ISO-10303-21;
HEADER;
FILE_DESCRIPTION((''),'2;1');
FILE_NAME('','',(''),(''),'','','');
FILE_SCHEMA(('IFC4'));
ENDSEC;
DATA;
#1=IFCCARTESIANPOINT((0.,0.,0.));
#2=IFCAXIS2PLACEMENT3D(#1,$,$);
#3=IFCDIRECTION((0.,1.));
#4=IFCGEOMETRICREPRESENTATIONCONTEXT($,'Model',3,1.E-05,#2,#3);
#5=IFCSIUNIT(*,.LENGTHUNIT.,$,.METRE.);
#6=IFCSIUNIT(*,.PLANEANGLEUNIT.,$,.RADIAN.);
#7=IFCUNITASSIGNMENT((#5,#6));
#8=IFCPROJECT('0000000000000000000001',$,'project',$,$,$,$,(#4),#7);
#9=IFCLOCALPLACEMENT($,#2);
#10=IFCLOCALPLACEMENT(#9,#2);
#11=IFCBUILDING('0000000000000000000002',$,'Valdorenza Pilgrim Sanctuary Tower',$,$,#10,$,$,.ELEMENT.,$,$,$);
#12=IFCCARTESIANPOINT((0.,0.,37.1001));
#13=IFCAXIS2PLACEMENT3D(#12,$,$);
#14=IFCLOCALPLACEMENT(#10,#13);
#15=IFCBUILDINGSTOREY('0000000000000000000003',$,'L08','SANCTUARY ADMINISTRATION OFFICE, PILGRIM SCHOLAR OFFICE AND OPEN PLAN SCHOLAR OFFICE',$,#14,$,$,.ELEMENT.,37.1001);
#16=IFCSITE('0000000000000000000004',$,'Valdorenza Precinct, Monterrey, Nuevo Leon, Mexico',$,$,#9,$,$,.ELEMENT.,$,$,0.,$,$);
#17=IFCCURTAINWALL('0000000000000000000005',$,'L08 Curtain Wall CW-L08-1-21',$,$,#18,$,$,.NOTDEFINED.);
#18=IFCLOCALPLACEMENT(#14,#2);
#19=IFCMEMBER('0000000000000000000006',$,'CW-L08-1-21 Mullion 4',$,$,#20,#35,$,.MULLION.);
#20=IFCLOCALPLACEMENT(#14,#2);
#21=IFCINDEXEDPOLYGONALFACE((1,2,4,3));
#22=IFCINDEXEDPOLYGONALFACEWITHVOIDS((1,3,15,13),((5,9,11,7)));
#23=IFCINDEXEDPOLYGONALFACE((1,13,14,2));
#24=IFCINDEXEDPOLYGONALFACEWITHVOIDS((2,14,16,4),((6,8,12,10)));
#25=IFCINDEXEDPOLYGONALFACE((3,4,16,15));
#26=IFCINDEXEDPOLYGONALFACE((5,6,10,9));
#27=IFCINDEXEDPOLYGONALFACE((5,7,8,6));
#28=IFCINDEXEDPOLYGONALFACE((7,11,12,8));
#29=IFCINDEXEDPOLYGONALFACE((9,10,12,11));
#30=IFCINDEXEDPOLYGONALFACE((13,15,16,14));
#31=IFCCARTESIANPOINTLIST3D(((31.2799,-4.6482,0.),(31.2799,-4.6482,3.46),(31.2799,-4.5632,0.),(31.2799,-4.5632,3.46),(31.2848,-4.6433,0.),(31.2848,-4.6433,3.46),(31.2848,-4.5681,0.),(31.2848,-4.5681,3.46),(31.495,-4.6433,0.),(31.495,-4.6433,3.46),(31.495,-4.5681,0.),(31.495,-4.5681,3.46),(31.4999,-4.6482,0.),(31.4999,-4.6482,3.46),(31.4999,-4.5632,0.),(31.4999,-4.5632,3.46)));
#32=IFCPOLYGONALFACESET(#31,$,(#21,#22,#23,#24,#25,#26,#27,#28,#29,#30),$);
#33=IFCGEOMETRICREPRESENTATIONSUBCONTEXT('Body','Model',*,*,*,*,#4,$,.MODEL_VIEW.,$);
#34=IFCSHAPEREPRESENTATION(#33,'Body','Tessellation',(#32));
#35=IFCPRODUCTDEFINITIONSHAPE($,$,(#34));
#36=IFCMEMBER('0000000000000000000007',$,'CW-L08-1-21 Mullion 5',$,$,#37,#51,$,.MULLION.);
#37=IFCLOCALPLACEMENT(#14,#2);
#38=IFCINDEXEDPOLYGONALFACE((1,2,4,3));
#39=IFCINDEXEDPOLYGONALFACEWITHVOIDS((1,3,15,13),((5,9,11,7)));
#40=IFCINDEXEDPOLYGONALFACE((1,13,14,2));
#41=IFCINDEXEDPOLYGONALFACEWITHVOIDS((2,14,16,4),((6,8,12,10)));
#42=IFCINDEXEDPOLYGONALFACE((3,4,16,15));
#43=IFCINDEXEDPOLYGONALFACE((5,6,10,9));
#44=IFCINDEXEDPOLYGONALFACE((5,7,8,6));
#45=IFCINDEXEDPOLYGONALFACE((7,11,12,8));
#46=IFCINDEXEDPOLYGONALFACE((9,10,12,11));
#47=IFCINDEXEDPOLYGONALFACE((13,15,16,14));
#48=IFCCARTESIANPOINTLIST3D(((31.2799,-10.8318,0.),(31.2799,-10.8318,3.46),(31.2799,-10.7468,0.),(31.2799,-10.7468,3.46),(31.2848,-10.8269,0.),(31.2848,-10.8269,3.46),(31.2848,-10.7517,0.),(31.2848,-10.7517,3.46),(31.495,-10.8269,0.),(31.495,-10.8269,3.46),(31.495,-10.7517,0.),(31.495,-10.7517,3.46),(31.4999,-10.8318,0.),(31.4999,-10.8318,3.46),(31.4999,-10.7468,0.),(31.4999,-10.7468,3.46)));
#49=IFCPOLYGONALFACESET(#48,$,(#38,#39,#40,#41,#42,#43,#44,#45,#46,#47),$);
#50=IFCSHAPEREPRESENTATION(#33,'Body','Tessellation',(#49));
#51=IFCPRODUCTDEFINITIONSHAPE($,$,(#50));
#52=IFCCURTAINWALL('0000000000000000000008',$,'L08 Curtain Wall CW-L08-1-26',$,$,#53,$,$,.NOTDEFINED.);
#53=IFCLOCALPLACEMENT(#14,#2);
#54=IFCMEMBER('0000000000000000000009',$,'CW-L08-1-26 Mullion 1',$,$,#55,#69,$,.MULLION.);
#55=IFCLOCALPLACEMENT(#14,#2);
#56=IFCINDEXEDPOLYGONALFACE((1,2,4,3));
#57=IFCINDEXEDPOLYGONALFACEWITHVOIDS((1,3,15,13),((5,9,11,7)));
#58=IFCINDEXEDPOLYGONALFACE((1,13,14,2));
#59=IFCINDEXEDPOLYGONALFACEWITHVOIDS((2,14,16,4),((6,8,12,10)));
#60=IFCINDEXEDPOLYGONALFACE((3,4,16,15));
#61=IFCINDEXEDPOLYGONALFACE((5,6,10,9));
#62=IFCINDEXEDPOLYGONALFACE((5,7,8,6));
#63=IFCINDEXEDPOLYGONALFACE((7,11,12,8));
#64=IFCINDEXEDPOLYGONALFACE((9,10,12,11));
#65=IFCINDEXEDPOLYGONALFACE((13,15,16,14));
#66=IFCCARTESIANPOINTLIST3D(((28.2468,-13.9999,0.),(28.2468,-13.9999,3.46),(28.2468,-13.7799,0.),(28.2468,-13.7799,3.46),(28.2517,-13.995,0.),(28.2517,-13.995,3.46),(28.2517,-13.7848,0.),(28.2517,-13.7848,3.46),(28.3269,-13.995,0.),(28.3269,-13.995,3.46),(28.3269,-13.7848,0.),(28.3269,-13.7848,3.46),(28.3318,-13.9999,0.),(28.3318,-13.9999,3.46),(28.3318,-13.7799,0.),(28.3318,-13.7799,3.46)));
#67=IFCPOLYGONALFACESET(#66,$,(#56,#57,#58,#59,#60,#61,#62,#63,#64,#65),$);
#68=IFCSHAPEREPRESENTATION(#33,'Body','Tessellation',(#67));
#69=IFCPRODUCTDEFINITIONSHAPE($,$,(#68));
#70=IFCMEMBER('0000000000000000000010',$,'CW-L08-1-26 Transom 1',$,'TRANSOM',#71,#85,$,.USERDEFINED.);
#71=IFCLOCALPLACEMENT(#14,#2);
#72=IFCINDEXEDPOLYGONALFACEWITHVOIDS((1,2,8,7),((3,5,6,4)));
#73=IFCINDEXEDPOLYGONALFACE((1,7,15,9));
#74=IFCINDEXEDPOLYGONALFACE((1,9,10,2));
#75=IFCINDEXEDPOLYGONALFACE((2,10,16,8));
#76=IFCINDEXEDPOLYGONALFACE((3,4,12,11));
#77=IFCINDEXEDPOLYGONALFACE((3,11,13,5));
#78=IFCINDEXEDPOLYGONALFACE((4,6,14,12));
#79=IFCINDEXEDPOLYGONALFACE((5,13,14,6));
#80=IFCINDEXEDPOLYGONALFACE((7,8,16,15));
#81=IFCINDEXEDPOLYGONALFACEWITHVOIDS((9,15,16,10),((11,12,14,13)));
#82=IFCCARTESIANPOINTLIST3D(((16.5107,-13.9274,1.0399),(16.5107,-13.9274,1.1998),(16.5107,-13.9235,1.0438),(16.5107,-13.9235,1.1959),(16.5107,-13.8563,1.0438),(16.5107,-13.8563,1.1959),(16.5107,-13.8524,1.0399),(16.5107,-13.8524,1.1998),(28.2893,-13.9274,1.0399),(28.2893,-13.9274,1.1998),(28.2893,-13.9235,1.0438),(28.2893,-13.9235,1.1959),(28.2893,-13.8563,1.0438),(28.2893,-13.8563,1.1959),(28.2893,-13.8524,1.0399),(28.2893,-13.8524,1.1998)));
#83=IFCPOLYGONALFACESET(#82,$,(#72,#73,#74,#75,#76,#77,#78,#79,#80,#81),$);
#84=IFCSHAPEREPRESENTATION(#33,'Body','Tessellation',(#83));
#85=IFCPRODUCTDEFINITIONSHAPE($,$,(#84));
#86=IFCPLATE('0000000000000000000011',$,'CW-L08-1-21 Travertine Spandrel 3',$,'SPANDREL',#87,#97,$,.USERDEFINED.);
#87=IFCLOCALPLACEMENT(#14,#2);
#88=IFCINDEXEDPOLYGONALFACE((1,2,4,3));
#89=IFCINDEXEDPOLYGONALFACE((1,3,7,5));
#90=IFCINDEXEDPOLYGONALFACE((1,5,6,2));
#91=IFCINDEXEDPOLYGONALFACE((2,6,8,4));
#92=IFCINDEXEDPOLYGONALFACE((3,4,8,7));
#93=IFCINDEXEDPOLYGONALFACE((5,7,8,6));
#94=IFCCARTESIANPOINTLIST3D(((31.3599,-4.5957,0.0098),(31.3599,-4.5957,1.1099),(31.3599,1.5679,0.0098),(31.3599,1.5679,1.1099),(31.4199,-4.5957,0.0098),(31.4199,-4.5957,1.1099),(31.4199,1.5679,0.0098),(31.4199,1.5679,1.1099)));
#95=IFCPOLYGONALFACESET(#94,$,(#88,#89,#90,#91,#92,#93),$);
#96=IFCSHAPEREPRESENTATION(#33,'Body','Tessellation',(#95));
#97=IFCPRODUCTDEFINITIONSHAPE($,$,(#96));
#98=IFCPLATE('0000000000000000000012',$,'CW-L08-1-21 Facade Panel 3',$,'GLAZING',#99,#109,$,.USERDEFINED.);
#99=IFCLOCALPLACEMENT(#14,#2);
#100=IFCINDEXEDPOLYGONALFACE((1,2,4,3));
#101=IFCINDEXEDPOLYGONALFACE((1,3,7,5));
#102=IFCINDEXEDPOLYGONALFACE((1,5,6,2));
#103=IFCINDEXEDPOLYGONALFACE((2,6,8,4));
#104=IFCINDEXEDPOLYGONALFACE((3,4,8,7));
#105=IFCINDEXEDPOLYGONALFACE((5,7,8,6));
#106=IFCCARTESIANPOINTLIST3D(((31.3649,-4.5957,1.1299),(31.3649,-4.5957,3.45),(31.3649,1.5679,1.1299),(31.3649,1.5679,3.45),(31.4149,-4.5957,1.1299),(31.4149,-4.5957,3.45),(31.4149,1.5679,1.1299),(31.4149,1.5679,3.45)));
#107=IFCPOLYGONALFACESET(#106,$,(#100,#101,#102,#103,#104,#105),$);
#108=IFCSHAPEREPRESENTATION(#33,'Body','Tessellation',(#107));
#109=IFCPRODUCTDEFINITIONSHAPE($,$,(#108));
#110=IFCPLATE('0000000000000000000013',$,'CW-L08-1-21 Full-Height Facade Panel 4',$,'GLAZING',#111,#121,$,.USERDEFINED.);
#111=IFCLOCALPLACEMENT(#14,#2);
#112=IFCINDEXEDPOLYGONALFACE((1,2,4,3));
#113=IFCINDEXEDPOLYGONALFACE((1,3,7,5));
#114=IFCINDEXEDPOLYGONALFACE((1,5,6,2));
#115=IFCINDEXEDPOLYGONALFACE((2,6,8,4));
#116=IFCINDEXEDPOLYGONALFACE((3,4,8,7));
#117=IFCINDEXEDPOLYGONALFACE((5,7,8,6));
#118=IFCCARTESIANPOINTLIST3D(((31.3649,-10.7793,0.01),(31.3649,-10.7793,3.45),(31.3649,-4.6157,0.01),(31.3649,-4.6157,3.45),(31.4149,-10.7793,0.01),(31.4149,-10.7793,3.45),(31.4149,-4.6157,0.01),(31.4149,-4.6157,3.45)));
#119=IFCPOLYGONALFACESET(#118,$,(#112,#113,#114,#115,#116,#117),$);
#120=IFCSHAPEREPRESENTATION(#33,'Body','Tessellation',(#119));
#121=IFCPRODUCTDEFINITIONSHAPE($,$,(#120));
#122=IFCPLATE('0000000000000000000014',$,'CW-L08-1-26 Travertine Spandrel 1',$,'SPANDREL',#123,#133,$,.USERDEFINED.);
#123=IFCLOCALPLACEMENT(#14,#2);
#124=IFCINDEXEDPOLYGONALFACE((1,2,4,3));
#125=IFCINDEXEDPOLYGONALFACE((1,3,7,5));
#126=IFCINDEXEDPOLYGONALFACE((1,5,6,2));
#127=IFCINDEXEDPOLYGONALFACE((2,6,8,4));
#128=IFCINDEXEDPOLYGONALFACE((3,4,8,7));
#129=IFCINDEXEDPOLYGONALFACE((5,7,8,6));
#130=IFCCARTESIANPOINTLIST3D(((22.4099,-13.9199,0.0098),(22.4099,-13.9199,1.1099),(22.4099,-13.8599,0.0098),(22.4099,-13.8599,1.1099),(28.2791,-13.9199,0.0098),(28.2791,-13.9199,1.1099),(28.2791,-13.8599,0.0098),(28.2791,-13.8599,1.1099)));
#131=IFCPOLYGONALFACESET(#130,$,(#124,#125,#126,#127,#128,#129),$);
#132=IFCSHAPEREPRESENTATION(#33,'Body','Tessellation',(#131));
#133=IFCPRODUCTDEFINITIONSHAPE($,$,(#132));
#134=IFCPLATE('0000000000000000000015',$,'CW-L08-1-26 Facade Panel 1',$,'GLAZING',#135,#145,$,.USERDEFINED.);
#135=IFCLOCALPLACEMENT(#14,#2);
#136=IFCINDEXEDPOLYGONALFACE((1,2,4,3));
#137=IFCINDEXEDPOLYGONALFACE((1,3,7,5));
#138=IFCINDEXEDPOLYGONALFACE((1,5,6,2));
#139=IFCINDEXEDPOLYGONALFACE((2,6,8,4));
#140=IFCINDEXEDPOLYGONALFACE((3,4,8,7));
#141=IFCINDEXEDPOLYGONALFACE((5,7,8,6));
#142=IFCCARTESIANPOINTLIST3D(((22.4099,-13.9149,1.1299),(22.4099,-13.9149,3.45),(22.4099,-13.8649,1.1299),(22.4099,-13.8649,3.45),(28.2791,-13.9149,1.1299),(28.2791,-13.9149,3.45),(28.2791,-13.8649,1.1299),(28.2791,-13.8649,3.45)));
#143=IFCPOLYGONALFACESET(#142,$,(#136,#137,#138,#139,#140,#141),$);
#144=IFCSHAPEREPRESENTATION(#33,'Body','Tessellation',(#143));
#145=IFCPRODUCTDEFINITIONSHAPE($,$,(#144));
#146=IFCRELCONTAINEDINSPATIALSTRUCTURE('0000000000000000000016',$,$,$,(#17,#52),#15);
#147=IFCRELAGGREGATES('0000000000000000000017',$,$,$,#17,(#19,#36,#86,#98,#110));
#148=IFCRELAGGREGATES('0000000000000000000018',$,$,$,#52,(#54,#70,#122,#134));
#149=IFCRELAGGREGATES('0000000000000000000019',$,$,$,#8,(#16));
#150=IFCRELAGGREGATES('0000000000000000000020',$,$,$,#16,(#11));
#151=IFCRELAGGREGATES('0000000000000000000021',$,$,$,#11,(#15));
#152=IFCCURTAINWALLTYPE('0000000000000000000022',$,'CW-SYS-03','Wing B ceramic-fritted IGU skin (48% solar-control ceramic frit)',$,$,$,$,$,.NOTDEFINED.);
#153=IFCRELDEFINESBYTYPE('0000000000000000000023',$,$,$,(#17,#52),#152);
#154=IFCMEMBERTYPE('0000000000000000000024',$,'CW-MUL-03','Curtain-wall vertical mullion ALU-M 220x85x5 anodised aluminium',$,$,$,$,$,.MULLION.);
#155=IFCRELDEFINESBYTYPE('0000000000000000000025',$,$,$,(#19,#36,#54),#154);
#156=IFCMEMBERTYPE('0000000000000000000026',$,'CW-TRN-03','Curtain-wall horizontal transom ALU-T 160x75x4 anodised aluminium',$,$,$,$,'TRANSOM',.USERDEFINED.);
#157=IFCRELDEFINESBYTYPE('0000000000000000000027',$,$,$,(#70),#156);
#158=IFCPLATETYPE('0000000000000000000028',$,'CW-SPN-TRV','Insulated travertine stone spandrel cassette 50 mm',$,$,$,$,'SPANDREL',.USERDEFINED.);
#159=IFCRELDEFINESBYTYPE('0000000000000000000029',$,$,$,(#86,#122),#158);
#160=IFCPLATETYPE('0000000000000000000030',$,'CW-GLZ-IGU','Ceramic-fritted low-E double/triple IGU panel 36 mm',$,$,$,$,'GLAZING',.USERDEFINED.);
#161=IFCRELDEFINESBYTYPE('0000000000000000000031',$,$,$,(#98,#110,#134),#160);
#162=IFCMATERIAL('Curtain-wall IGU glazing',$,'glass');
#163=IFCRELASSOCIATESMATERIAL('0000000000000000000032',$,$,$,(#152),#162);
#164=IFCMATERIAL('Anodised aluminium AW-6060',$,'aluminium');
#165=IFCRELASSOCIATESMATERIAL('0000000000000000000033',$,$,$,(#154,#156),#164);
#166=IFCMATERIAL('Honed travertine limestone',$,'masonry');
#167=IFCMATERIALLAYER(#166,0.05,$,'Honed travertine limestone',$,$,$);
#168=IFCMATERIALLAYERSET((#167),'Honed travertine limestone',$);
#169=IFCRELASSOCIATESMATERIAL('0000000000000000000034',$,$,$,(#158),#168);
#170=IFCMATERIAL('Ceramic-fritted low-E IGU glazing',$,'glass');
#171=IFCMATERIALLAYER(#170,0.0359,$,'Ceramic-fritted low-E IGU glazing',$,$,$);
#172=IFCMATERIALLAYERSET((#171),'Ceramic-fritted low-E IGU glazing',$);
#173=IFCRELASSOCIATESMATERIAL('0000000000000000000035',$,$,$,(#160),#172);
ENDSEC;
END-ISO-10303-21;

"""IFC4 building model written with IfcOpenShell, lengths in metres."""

from ifc_helpers import new_model, si_unit, direction, frame, origin, origin_2d, place, context, subcontext, project, spatial, rectangle, hollow_rectangle, extrude, source, transform, mapped, material, layer, layer_set, material_profile, profile_set, type_object, element, aggregate, save


model = new_model("IFC4")

# Units and contexts
model_context = context("Model", 3, precision=1e-05, world=origin(), true_north=direction((0.0, 1.0)))
body_context = subcontext(model_context, "Body", "Model", "MODEL_VIEW")
ifc_project = project(units=[si_unit("LENGTHUNIT", "METRE"), si_unit("PLANEANGLEUNIT", "RADIAN")], contexts=[model_context])

# Site, building, storey
site_placement = place(None, origin())
site = spatial("IfcSite", under=ifc_project, at=site_placement, Name="Valdorenza Precinct, Monterrey, Nuevo Leon, Mexico", CompositionType="ELEMENT", RefElevation=0.0)
building_placement = place(site_placement, origin())
building = spatial("IfcBuilding", under=site, at=building_placement, Name="Valdorenza Pilgrim Sanctuary Tower", CompositionType="ELEMENT")
storey_placement = place(building_placement, frame((0.0, 0.0, 37.1001)))
storey = spatial("IfcBuildingStorey", under=building, at=storey_placement, Name="L08", Description="SANCTUARY ADMINISTRATION OFFICE, PILGRIM SCHOLAR OFFICE AND OPEN PLAN SCHOLAR OFFICE", CompositionType="ELEMENT", Elevation=37.1001)

# Curtain walls, members
ifc_material_1 = material(Name="Curtain-wall IGU glazing", Category="glass")
curtain_wall_type = type_object("IfcCurtainWallType", Name="CW-SYS-03", Description="Wing B ceramic-fritted IGU skin (48% solar-control ceramic frit)", PredefinedType="NOTDEFINED", material=ifc_material_1)
curtain_wall_1_placement = place(storey_placement, origin())
curtain_wall_1 = element("IfcCurtainWall", 1, at=curtain_wall_1_placement, inside=storey, type_object=curtain_wall_type, Name="L08 Curtain Wall CW-L08-1-21", PredefinedType="NOTDEFINED")
ifc_material_2 = material(Name="Anodised aluminium AW-6060", Category="aluminium")
ifc_material_profile_1 = material_profile(ifc_material_2, hollow_rectangle(XDim=0.085, YDim=0.22, WallThickness=0.0049, at=origin_2d()), Name="ALU-M 220x85x5")
ifc_profile_set_1 = profile_set([ifc_material_profile_1], Name="Anodised aluminium AW-6060")
member_type_1 = type_object("IfcMemberType", Name="CW-MUL-03", Description="Curtain-wall vertical mullion ALU-M 220x85x5 anodised aluminium", PredefinedType="MULLION", material=ifc_profile_set_1)
shared_shape_1 = source(origin(), body_context, "Body", "SweptSolid", [
    extrude(hollow_rectangle(XDim=0.085, YDim=0.22, WallThickness=0.0049, at=origin_2d()), origin(), (0.0, 0.0, 1.0), 3.46),
])
member_1_placement = place(storey_placement, frame((31.3899, -4.6057, 0.0), z_axis=(0.0, 0.0, 1.0), x_axis=(0.0, -1.0, 0.0)))
member_1 = element("IfcMember", 2, at=member_1_placement, type_object=member_type_1, Name="CW-L08-1-21 Mullion 4", PredefinedType="MULLION", context=body_context, shape_type="MappedRepresentation", body=[
    mapped(shared_shape_1, transform((0.0, 0.0, 0.0), x_axis=(1.0, 0.0, 0.0), y_axis=(0.0, 1.0, 0.0), z_axis=(0.0, 0.0, 1.0), scale=1.0)),
])
member_2_placement = place(storey_placement, frame((31.3899, -10.7893, 0.0), z_axis=(0.0, 0.0, 1.0), x_axis=(0.0, -1.0, 0.0)))
member_2 = element("IfcMember", 3, at=member_2_placement, type_object=member_type_1, Name="CW-L08-1-21 Mullion 5", PredefinedType="MULLION", context=body_context, shape_type="MappedRepresentation", body=[
    mapped(shared_shape_1, transform((0.0, 0.0, 0.0), x_axis=(1.0, 0.0, 0.0), y_axis=(0.0, 1.0, 0.0), z_axis=(0.0, 0.0, 1.0), scale=1.0)),
])
curtain_wall_2_placement = place(storey_placement, origin())
curtain_wall_2 = element("IfcCurtainWall", 4, at=curtain_wall_2_placement, inside=storey, type_object=curtain_wall_type, Name="L08 Curtain Wall CW-L08-1-26", PredefinedType="NOTDEFINED")
member_3_placement = place(storey_placement, frame((28.2893, -13.8899, 0.0), z_axis=(0.0, 0.0, 1.0), x_axis=(-1.0, 0.0, 0.0)))
member_3 = element("IfcMember", 5, at=member_3_placement, type_object=member_type_1, Name="CW-L08-1-26 Mullion 1", PredefinedType="MULLION", context=body_context, shape_type="MappedRepresentation", body=[
    mapped(shared_shape_1, transform((0.0, 0.0, 0.0), x_axis=(1.0, 0.0, 0.0), y_axis=(0.0, 1.0, 0.0), z_axis=(0.0, 0.0, 1.0), scale=1.0)),
])
ifc_material_profile_2 = material_profile(ifc_material_2, hollow_rectangle(XDim=0.075, YDim=0.1599, WallThickness=0.0039, at=origin_2d()), Name="ALU-T 160x75x4")
ifc_profile_set_2 = profile_set([ifc_material_profile_2], Name="Anodised aluminium AW-6060")
member_type_2 = type_object("IfcMemberType", Name="CW-TRN-03", Description="Curtain-wall horizontal transom ALU-T 160x75x4 anodised aluminium", ElementType="TRANSOM", PredefinedType="USERDEFINED", material=ifc_profile_set_2)
shared_shape_2 = source(origin(), body_context, "Body", "SweptSolid", [
    extrude(hollow_rectangle(XDim=0.075, YDim=0.1599, WallThickness=0.0039, at=origin_2d()), origin(), (0.0, 0.0, 1.0), 11.7786),
])
member_4_placement = place(storey_placement, frame((28.2893, -13.8899, 1.1199), z_axis=(-1.0, 0.0, 0.0), x_axis=(0.0, -1.0, 0.0)))
member_4 = element("IfcMember", 6, at=member_4_placement, type_object=member_type_2, Name="CW-L08-1-26 Transom 1", ObjectType="TRANSOM", PredefinedType="USERDEFINED", context=body_context, shape_type="MappedRepresentation", body=[
    mapped(shared_shape_2, transform((0.0, 0.0, 0.0), x_axis=(1.0, 0.0, 0.0), y_axis=(0.0, 1.0, 0.0), z_axis=(0.0, 0.0, 1.0), scale=1.0)),
])

# Plates
ifc_material_3 = material(Name="Honed travertine limestone", Category="masonry")
ifc_layer_1 = layer(ifc_material_3, 0.05, Name="Honed travertine limestone")
ifc_layer_set_1 = layer_set([ifc_layer_1], Name="Honed travertine limestone")
plate_type_1 = type_object("IfcPlateType", Name="CW-SPN-TRV", Description="Insulated travertine stone spandrel cassette 50 mm", ElementType="SPANDREL", PredefinedType="USERDEFINED", material=ifc_layer_set_1)
shared_shape_3 = source(origin(), body_context, "Body", "SweptSolid", [
    extrude(rectangle(XDim=6.1636, YDim=0.0601, at=origin_2d()), origin(), (0.0, 0.0, 1.0), 1.1001),
])
plate_1_placement = place(storey_placement, frame((31.3899, -1.5139, 0.0098), z_axis=(0.0, 0.0, 1.0), x_axis=(0.0, -1.0, 0.0)))
plate_1 = element("IfcPlate", 7, at=plate_1_placement, type_object=plate_type_1, Name="CW-L08-1-21 Travertine Spandrel 3", ObjectType="SPANDREL", PredefinedType="USERDEFINED", context=body_context, shape_type="MappedRepresentation", body=[
    mapped(shared_shape_3, transform((0.0, 0.0, 0.0), x_axis=(1.0, 0.0, 0.0), y_axis=(0.0, 1.0, 0.0), z_axis=(0.0, 0.0, 1.0), scale=1.0)),
])
ifc_material_4 = material(Name="Ceramic-fritted low-E IGU glazing", Category="glass")
ifc_layer_2 = layer(ifc_material_4, 0.0359, Name="Ceramic-fritted low-E IGU glazing")
ifc_layer_set_2 = layer_set([ifc_layer_2], Name="Ceramic-fritted low-E IGU glazing")
plate_type_2 = type_object("IfcPlateType", Name="CW-GLZ-IGU", Description="Ceramic-fritted low-E double/triple IGU panel 36 mm", ElementType="GLAZING", PredefinedType="USERDEFINED", material=ifc_layer_set_2)
shared_shape_4 = source(origin(), body_context, "Body", "SweptSolid", [
    extrude(rectangle(XDim=6.1636, YDim=0.05, at=origin_2d()), origin(), (0.0, 0.0, 1.0), 2.3201),
])
plate_2_placement = place(storey_placement, frame((31.3899, -1.5139, 1.1299), z_axis=(0.0, 0.0, 1.0), x_axis=(0.0, -1.0, 0.0)))
plate_2 = element("IfcPlate", 8, at=plate_2_placement, type_object=plate_type_2, Name="CW-L08-1-21 Facade Panel 3", ObjectType="GLAZING", PredefinedType="USERDEFINED", context=body_context, shape_type="MappedRepresentation", body=[
    mapped(shared_shape_4, transform((0.0, 0.0, 0.0), x_axis=(1.0, 0.0, 0.0), y_axis=(0.0, 1.0, 0.0), z_axis=(0.0, 0.0, 1.0), scale=1.0)),
])
shared_shape_5 = source(origin(), body_context, "Body", "SweptSolid", [
    extrude(rectangle(XDim=6.1636, YDim=0.05, at=origin_2d()), origin(), (0.0, 0.0, 1.0), 3.4399),
])
plate_3_placement = place(storey_placement, frame((31.3899, -7.6975, 0.01), z_axis=(0.0, 0.0, 1.0), x_axis=(0.0, -1.0, 0.0)))
plate_3 = element("IfcPlate", 9, at=plate_3_placement, type_object=plate_type_2, Name="CW-L08-1-21 Full-Height Facade Panel 4", ObjectType="GLAZING", PredefinedType="USERDEFINED", context=body_context, shape_type="MappedRepresentation", body=[
    mapped(shared_shape_5, transform((0.0, 0.0, 0.0), x_axis=(1.0, 0.0, 0.0), y_axis=(0.0, 1.0, 0.0), z_axis=(0.0, 0.0, 1.0), scale=1.0)),
])
aggregate(curtain_wall_1, [member_1, member_2, plate_1, plate_2, plate_3])
shared_shape_6 = source(origin(), body_context, "Body", "SweptSolid", [
    extrude(rectangle(XDim=5.8691, YDim=0.0601, at=origin_2d()), origin(), (0.0, 0.0, 1.0), 1.1001),
])
plate_4_placement = place(storey_placement, frame((25.3445, -13.8899, 0.0098), z_axis=(0.0, 0.0, 1.0), x_axis=(-1.0, 0.0, 0.0)))
plate_4 = element("IfcPlate", 10, at=plate_4_placement, type_object=plate_type_1, Name="CW-L08-1-26 Travertine Spandrel 1", ObjectType="SPANDREL", PredefinedType="USERDEFINED", context=body_context, shape_type="MappedRepresentation", body=[
    mapped(shared_shape_6, transform((0.0, 0.0, 0.0), x_axis=(1.0, 0.0, 0.0), y_axis=(0.0, 1.0, 0.0), z_axis=(0.0, 0.0, 1.0), scale=1.0)),
])
shared_shape_7 = source(origin(), body_context, "Body", "SweptSolid", [
    extrude(rectangle(XDim=5.8691, YDim=0.05, at=origin_2d()), origin(), (0.0, 0.0, 1.0), 2.3201),
])
plate_5_placement = place(storey_placement, frame((25.3445, -13.8899, 1.1299), z_axis=(0.0, 0.0, 1.0), x_axis=(-1.0, 0.0, 0.0)))
plate_5 = element("IfcPlate", 11, at=plate_5_placement, type_object=plate_type_2, Name="CW-L08-1-26 Facade Panel 1", ObjectType="GLAZING", PredefinedType="USERDEFINED", context=body_context, shape_type="MappedRepresentation", body=[
    mapped(shared_shape_7, transform((0.0, 0.0, 0.0), x_axis=(1.0, 0.0, 0.0), y_axis=(0.0, 1.0, 0.0), z_axis=(0.0, 0.0, 1.0), scale=1.0)),
])
aggregate(curtain_wall_2, [member_3, member_4, plate_4, plate_5])

save(model, "model.ifc")
